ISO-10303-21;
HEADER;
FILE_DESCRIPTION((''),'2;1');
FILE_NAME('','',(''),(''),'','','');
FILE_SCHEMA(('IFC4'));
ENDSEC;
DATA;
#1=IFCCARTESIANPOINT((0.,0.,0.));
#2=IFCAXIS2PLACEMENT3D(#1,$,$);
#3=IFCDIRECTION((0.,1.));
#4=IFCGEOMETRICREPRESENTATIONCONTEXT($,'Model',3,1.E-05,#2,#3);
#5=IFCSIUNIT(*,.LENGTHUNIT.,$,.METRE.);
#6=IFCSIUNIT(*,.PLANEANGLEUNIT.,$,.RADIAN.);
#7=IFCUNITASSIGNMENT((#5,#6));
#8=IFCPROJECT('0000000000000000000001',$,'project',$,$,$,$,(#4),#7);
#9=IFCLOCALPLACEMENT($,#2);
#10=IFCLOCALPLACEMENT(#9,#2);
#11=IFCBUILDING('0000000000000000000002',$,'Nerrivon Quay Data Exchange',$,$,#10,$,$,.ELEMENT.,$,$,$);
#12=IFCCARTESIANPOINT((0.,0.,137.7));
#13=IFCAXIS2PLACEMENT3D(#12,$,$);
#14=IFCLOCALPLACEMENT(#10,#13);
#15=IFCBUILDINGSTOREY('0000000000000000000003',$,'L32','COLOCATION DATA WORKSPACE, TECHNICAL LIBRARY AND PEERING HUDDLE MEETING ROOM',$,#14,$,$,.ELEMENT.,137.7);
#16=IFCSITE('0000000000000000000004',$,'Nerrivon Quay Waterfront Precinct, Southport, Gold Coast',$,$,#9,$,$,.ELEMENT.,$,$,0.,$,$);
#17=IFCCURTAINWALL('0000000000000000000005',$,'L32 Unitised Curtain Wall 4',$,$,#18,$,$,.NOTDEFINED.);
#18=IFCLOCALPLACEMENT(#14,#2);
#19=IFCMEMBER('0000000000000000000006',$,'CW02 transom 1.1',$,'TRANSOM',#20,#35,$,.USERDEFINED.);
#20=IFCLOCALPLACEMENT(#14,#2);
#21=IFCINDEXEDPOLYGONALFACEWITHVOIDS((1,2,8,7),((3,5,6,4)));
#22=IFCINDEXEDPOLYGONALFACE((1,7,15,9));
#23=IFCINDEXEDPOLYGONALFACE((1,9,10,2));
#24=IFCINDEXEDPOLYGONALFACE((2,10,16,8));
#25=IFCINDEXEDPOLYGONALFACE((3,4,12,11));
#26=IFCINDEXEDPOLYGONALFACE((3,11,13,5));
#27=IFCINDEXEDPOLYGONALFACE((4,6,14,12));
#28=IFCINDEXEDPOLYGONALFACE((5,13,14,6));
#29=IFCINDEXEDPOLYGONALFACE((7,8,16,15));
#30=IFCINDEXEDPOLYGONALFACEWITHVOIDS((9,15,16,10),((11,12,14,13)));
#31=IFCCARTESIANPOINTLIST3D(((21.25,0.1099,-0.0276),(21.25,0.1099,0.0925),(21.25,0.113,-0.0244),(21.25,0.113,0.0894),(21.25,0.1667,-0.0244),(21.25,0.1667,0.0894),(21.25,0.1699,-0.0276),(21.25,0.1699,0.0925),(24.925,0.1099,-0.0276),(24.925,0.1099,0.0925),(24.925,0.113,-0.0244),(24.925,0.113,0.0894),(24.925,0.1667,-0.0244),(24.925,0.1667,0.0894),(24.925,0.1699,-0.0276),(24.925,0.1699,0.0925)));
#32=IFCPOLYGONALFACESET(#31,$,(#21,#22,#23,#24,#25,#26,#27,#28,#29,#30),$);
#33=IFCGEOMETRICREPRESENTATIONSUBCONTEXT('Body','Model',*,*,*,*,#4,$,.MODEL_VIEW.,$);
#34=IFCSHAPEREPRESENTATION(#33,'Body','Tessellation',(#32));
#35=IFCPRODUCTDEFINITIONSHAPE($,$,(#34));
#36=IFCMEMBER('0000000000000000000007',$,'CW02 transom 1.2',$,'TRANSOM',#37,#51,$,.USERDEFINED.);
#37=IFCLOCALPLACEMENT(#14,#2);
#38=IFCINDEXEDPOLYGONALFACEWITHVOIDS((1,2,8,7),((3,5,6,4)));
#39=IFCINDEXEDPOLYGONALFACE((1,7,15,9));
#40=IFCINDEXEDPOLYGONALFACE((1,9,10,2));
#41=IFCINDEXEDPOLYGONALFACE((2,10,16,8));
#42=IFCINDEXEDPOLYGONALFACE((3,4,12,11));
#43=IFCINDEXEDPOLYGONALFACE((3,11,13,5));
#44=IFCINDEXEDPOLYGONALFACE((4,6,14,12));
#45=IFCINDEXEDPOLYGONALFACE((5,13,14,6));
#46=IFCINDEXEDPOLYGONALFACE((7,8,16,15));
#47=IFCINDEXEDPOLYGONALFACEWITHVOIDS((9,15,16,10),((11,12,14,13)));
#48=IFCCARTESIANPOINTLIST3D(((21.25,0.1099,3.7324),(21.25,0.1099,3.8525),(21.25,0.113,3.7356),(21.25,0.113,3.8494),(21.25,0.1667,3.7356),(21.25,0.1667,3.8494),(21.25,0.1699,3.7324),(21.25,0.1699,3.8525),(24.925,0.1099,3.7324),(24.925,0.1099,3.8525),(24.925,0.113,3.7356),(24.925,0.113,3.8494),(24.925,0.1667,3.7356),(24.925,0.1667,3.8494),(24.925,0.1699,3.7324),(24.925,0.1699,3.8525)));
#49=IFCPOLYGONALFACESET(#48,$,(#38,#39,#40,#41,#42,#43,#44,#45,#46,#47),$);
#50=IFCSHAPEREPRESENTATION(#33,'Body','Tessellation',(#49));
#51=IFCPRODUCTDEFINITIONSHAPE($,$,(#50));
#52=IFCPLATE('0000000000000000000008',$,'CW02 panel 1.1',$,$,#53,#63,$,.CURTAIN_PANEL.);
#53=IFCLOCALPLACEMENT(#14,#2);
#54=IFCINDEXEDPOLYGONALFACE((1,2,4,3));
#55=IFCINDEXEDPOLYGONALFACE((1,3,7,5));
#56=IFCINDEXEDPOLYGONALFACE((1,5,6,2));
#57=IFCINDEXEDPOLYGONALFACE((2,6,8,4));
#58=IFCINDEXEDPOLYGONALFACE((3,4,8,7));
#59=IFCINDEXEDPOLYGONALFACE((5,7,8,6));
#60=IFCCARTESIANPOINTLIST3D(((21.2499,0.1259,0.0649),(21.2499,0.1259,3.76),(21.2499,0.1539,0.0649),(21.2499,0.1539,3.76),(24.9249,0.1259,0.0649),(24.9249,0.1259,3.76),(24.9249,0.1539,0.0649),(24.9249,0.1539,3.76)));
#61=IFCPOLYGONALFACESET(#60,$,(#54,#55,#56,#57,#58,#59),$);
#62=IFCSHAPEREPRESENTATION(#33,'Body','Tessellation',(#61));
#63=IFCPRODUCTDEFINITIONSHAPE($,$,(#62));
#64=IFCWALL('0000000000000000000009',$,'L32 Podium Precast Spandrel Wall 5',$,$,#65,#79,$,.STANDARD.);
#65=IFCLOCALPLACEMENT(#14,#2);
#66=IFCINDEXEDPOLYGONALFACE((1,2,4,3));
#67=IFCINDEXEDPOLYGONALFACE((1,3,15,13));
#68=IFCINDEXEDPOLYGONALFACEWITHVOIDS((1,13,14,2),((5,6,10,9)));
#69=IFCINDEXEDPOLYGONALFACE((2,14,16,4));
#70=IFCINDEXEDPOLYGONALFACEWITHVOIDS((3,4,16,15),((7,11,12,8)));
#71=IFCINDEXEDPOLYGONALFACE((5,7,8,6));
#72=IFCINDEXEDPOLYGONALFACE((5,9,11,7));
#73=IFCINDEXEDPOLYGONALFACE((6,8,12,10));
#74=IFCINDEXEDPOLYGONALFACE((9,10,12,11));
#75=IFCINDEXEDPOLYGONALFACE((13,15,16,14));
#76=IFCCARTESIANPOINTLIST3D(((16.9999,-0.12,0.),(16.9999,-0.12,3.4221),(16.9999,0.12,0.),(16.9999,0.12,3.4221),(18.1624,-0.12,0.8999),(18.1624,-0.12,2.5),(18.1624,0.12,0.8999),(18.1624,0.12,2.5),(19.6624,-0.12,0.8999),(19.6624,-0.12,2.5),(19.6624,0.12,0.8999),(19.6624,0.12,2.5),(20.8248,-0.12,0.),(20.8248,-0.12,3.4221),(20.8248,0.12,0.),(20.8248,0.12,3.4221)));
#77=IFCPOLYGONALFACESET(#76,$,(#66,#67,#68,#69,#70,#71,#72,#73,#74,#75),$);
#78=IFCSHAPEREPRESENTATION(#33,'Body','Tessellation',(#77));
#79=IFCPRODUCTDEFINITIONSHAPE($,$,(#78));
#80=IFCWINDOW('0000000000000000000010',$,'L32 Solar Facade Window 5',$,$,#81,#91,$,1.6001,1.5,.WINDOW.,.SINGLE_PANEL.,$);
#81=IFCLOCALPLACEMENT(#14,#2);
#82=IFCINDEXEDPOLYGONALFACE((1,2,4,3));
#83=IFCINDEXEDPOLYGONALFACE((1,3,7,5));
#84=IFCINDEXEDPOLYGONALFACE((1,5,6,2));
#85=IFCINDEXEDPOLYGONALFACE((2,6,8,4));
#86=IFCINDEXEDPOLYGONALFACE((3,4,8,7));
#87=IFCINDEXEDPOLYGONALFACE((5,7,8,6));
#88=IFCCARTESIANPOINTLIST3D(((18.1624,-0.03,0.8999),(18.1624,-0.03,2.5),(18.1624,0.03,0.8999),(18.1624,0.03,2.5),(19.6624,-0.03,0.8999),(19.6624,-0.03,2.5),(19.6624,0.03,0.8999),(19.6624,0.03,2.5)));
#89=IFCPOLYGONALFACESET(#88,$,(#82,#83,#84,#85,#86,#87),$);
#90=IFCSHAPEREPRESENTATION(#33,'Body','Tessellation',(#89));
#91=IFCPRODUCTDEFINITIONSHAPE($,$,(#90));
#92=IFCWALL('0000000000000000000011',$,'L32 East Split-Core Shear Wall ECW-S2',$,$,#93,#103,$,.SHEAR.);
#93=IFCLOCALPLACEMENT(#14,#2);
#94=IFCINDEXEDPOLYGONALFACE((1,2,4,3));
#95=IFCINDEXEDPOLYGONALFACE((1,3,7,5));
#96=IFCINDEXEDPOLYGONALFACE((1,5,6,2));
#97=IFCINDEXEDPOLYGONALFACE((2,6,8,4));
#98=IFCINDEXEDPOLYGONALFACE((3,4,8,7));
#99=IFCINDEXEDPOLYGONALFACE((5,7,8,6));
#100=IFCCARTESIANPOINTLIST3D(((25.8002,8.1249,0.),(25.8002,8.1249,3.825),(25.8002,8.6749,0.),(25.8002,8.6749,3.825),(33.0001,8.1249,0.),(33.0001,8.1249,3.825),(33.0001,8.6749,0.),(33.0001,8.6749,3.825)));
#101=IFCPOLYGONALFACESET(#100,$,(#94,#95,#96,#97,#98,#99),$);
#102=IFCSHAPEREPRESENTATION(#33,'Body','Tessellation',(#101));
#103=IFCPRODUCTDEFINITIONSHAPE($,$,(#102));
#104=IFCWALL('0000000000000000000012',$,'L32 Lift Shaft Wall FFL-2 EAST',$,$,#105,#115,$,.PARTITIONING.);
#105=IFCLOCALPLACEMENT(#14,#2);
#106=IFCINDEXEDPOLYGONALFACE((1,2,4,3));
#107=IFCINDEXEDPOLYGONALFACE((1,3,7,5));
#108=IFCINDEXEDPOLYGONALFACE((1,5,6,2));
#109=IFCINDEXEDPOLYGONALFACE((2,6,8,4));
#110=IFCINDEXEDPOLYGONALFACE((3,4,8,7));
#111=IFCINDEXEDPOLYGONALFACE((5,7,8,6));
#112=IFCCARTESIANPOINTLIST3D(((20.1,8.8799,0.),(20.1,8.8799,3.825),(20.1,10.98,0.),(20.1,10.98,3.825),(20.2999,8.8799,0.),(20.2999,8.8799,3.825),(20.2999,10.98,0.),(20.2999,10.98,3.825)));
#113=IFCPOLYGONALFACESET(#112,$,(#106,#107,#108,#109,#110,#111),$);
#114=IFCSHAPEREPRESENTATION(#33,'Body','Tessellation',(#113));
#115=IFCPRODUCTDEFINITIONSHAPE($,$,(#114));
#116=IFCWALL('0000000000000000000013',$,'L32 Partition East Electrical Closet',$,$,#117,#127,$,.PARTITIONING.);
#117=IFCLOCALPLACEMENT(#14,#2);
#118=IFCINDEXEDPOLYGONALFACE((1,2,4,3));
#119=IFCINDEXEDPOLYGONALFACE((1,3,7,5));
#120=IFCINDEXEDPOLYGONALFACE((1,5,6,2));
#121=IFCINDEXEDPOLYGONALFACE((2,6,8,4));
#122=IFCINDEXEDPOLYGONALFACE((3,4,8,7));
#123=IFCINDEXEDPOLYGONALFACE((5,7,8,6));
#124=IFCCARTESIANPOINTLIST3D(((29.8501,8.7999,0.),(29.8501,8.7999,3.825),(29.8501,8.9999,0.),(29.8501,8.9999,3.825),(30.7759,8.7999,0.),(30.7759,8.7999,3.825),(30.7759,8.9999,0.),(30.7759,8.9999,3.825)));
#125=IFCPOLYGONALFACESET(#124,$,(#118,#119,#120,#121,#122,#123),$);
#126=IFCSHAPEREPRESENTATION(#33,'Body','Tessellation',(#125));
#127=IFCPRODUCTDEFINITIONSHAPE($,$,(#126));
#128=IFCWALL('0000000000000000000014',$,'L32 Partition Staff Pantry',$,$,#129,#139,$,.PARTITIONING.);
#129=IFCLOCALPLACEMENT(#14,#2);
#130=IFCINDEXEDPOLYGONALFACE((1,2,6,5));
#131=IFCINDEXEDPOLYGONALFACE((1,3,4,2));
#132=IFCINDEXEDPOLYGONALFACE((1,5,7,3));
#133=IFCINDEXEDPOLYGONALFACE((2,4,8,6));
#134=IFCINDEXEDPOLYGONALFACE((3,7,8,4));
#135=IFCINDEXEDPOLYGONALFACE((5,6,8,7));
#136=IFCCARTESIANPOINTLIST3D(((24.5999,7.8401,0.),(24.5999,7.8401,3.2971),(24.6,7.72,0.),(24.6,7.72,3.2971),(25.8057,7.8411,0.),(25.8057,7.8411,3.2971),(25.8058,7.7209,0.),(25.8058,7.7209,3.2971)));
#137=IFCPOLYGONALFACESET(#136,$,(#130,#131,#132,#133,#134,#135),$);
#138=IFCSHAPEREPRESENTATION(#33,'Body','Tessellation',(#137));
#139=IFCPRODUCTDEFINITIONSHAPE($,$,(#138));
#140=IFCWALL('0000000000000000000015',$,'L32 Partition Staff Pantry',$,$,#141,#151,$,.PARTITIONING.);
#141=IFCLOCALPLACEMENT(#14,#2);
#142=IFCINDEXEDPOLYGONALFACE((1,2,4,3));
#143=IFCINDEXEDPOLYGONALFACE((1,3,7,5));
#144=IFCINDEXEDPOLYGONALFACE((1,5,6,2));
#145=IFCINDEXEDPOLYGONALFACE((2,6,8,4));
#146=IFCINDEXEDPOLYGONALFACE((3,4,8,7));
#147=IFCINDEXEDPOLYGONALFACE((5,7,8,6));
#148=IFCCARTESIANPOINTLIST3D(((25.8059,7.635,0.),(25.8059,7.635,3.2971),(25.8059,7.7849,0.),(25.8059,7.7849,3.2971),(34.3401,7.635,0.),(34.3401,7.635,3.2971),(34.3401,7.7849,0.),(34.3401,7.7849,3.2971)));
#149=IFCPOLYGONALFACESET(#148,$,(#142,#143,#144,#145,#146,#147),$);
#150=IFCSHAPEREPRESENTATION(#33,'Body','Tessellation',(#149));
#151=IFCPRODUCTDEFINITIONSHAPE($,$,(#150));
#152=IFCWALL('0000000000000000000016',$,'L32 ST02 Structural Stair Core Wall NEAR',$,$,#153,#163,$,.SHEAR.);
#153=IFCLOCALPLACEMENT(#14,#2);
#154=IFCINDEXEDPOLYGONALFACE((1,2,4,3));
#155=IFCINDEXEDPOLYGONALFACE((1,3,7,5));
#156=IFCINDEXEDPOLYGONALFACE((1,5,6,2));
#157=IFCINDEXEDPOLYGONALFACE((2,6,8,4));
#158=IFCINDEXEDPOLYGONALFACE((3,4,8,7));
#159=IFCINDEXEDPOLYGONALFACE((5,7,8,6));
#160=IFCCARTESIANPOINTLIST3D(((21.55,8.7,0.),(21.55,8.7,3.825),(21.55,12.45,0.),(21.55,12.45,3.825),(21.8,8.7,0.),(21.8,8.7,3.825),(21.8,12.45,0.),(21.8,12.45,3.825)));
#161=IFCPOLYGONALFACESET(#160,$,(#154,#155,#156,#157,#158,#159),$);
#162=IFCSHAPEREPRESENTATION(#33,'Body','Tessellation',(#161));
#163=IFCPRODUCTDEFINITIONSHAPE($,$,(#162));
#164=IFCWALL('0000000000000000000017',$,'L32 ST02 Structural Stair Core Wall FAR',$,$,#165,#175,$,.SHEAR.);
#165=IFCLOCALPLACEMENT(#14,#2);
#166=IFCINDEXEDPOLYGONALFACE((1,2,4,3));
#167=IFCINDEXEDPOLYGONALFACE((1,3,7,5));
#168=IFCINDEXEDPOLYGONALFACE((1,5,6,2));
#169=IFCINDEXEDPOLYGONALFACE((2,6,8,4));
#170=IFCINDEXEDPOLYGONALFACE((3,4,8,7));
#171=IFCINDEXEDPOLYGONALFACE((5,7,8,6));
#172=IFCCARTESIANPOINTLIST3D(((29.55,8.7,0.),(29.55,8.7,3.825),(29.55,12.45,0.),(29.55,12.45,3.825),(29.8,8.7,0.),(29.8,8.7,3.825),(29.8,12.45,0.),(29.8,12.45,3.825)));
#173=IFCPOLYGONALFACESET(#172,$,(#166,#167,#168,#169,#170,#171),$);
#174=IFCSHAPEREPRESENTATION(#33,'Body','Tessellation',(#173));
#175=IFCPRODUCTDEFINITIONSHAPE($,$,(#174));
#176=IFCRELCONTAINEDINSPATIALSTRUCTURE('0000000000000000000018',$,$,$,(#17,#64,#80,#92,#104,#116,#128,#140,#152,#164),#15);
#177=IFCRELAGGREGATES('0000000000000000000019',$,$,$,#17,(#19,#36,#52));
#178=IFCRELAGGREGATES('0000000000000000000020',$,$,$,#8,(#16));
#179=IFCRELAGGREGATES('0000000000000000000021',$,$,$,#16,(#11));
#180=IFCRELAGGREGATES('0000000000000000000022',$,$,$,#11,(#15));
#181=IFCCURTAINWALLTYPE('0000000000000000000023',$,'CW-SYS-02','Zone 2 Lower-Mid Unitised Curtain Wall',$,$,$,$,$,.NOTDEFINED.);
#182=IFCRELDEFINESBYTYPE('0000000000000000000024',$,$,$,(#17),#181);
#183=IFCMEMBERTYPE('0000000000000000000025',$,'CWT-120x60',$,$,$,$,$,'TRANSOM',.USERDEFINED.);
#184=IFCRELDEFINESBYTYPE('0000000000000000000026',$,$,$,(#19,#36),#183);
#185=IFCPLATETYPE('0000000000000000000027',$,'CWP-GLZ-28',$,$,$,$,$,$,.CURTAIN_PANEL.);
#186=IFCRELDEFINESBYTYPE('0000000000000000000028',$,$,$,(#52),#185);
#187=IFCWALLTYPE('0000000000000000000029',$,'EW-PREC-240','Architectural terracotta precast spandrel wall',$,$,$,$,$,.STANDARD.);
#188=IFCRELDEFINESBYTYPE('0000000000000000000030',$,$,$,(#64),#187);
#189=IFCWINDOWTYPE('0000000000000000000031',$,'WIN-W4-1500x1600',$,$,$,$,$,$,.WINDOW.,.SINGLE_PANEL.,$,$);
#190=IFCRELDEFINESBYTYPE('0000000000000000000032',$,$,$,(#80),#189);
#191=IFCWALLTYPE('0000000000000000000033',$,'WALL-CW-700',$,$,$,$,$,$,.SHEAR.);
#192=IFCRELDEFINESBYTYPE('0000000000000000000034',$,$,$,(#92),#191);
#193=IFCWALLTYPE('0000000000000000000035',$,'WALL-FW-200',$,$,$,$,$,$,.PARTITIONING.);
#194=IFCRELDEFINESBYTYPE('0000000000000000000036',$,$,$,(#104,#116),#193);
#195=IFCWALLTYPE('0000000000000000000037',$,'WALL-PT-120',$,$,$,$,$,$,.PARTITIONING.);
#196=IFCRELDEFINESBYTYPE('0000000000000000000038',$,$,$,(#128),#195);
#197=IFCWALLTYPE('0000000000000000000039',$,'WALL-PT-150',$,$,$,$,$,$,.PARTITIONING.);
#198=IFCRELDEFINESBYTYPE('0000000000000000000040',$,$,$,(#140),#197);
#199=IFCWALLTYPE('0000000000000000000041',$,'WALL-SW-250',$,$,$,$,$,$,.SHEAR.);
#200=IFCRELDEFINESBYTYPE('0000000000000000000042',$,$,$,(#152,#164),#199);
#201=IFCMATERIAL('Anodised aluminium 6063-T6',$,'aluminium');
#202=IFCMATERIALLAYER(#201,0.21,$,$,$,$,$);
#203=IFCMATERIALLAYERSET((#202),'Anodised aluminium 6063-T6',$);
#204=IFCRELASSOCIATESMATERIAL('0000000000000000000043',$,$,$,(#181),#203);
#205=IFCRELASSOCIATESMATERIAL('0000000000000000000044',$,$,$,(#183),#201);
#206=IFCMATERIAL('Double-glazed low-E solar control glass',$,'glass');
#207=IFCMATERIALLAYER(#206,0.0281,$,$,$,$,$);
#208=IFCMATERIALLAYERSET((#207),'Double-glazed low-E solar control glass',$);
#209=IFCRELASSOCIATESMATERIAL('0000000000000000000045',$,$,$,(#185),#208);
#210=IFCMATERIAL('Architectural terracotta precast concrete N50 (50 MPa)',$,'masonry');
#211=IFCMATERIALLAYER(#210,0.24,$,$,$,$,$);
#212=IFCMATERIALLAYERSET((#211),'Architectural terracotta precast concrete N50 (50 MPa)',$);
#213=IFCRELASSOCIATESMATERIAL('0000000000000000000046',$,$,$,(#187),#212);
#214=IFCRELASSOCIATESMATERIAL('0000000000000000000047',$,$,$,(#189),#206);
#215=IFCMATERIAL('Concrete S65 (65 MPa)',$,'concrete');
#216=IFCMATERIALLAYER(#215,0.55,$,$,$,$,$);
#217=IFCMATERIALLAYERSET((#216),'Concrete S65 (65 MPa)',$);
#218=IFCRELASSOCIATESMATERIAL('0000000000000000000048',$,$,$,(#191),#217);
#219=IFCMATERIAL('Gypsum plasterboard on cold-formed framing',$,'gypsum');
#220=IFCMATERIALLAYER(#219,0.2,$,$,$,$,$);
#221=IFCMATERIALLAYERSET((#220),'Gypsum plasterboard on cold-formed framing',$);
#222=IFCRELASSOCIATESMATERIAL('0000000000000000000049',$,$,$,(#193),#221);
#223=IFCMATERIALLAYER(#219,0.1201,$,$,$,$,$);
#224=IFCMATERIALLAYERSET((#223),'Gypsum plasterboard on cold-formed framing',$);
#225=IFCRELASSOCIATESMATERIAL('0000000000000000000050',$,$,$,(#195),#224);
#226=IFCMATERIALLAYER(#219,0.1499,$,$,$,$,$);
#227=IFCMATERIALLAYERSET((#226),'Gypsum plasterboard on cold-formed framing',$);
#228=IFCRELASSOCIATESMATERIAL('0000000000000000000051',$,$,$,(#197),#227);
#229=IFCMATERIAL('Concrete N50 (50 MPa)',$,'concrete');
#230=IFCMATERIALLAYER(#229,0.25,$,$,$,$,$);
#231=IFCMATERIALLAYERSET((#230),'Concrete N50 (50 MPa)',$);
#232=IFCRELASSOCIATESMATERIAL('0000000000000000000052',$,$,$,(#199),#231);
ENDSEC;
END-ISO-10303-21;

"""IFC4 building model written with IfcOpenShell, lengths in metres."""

from ifc_helpers import new_model, si_unit, direction, frame, frame_2d, origin, origin_2d, place, context, subcontext, project, spatial, rectangle, hollow_rectangle, extrude, material, layer, layer_set, material_profile, profile_set, type_object, element, fill, aggregate, save


model = new_model("IFC4")

# Units and contexts
model_context = context("Model", 3, precision=1e-05, world=origin(), true_north=direction((0.0, 1.0)))
body_context = subcontext(model_context, "Body", "Model", "MODEL_VIEW")
ifc_project = project(units=[si_unit("LENGTHUNIT", "METRE"), si_unit("PLANEANGLEUNIT", "RADIAN")], contexts=[model_context])

# Site, building, storey
site_placement = place(None, origin())
site = spatial("IfcSite", under=ifc_project, at=site_placement, Name="Nerrivon Quay Waterfront Precinct, Southport, Gold Coast", CompositionType="ELEMENT", RefElevation=0.0)
building_placement = place(site_placement, origin())
building = spatial("IfcBuilding", under=site, at=building_placement, Name="Nerrivon Quay Data Exchange", CompositionType="ELEMENT")
storey_placement = place(building_placement, frame((0.0, 0.0, 137.7)))
storey = spatial("IfcBuildingStorey", under=building, at=storey_placement, Name="L32", Description="COLOCATION DATA WORKSPACE, TECHNICAL LIBRARY AND PEERING HUDDLE MEETING ROOM", CompositionType="ELEMENT", Elevation=137.7)

# Shared definitions
ifc_material_1 = material(Name="Concrete S65 (65 MPa)", Category="concrete")
ifc_material_2 = material(Name="Concrete N50 (50 MPa)", Category="concrete")

# Curtain wall, members, plate
ifc_material_3 = material(Name="Anodised aluminium 6063-T6", Category="aluminium")
ifc_layer_1 = layer(ifc_material_3, 0.21)
ifc_layer_set_1 = layer_set([ifc_layer_1], Name="Anodised aluminium 6063-T6")
curtain_wall_type = type_object("IfcCurtainWallType", Name="CW-SYS-02", Description="Zone 2 Lower-Mid Unitised Curtain Wall", PredefinedType="NOTDEFINED", material=ifc_layer_set_1)
curtain_wall_placement = place(storey_placement, origin())
curtain_wall = element("IfcCurtainWall", 1, at=curtain_wall_placement, inside=storey, type_object=curtain_wall_type, Name="L32 Unitised Curtain Wall 4", PredefinedType="NOTDEFINED")
ifc_material_profile_1 = material_profile(ifc_material_3, hollow_rectangle(XDim=0.0601, YDim=0.1201, WallThickness=0.0032, at=origin_2d()), Name="ALU-TRAN-120x60")
ifc_profile_set_1 = profile_set([ifc_material_profile_1], Name="Anodised aluminium 6063-T6")
member_type_1 = type_object("IfcMemberType", Name="CWT-120x60", ElementType="TRANSOM", PredefinedType="USERDEFINED", material=ifc_profile_set_1)
member_1_placement = place(storey_placement, frame((24.925, 0.1399, 0.0325), z_axis=(-1.0, 0.0, 0.0), x_axis=(0.0, -1.0, 0.0)))
member_1 = element("IfcMember", 2, at=member_1_placement, type_object=member_type_1, Name="CW02 transom 1.1", ObjectType="TRANSOM", PredefinedType="USERDEFINED", context=body_context, shape_type="SweptSolid", body=[
    extrude(hollow_rectangle(XDim=0.0601, YDim=0.1201, WallThickness=0.0032, at=origin_2d()), origin(), (0.0, 0.0, 1.0), 3.675),
])
member_2_placement = place(storey_placement, frame((24.925, 0.1399, 3.7925), z_axis=(-1.0, 0.0, 0.0), x_axis=(0.0, -1.0, 0.0)))
member_2 = element("IfcMember", 3, at=member_2_placement, type_object=member_type_1, Name="CW02 transom 1.2", ObjectType="TRANSOM", PredefinedType="USERDEFINED", context=body_context, shape_type="SweptSolid", body=[
    extrude(hollow_rectangle(XDim=0.0601, YDim=0.1201, WallThickness=0.0032, at=origin_2d()), origin(), (0.0, 0.0, 1.0), 3.675),
])
ifc_material_4 = material(Name="Double-glazed low-E solar control glass", Category="glass")
ifc_layer_2 = layer(ifc_material_4, 0.0281)
ifc_layer_set_2 = layer_set([ifc_layer_2], Name="Double-glazed low-E solar control glass")
plate_type = type_object("IfcPlateType", Name="CWP-GLZ-28", PredefinedType="CURTAIN_PANEL", material=ifc_layer_set_2)
plate_placement = place(storey_placement, frame((23.0874, 0.1399, 0.0649), z_axis=(0.0, 0.0, 1.0), x_axis=(-1.0, 0.0, 0.0)))
plate = element("IfcPlate", 4, at=plate_placement, type_object=plate_type, Name="CW02 panel 1.1", PredefinedType="CURTAIN_PANEL", context=body_context, shape_type="SweptSolid", body=[
    extrude(rectangle(XDim=3.675, YDim=0.0281, at=origin_2d()), origin(), (0.0, 0.0, 1.0), 3.6951),
])
aggregate(curtain_wall, [member_1, member_2, plate])

# Wall, opening, window
ifc_material_5 = material(Name="Architectural terracotta precast concrete N50 (50 MPa)", Category="masonry")
ifc_layer_3 = layer(ifc_material_5, 0.24)
ifc_layer_set_3 = layer_set([ifc_layer_3], Name="Architectural terracotta precast concrete N50 (50 MPa)")
wall_type_1 = type_object("IfcWallType", Name="EW-PREC-240", Description="Architectural terracotta precast spandrel wall", PredefinedType="STANDARD", material=ifc_layer_set_3)
wall_1_placement = place(storey_placement, frame((20.825, 0.0, 0.0), z_axis=(0.0, 0.0, 1.0), x_axis=(-1.0, 0.0, 0.0)))
wall_1 = element("IfcWall", 5, at=wall_1_placement, inside=storey, type_object=wall_type_1, Name="L32 Podium Precast Spandrel Wall 5", PredefinedType="STANDARD", context=body_context, shape_type="SweptSolid", body=[
    extrude(rectangle(XDim=3.825, YDim=0.24, at=frame_2d((1.9126, 0.0))), origin(), (0.0, 0.0, 1.0), 3.4221),
])
opening_placement = place(wall_1_placement, frame((1.1626, 0.0, 0.8999)))
opening = element("IfcOpeningElement", 6, at=opening_placement, cuts=wall_1, PredefinedType="OPENING", context=body_context, shape_type="SweptSolid", body=[
    extrude(rectangle(XDim=1.5, YDim=1.6001, at=frame_2d((0.75, 0.8))), frame((0.0, 0.1299, 0.0), z_axis=(0.0, -1.0, 0.0), x_axis=(1.0, 0.0, 0.0)), (0.0, 0.0, 1.0), 0.26),
])
window_type = type_object("IfcWindowType", Name="WIN-W4-1500x1600", PartitioningType="SINGLE_PANEL", PredefinedType="WINDOW", material=ifc_material_4)
window_placement = place(opening_placement, origin())
window = element("IfcWindow", 7, at=window_placement, inside=storey, type_object=window_type, Name="L32 Solar Facade Window 5", OverallHeight=1.6001, OverallWidth=1.5, PartitioningType="SINGLE_PANEL", PredefinedType="WINDOW", context=body_context, shape_type="SweptSolid", body=[
    extrude(rectangle(XDim=1.5, YDim=1.6001, at=frame_2d((0.75, 0.8))), frame((0.0, 0.03, 0.0), z_axis=(0.0, -1.0, 0.0), x_axis=(1.0, 0.0, 0.0)), (0.0, 0.0, 1.0), 0.0601),
])
fill(opening, window)

# Walls
ifc_layer_4 = layer(ifc_material_1, 0.55)
ifc_layer_set_4 = layer_set([ifc_layer_4], Name="Concrete S65 (65 MPa)")
wall_type_2 = type_object("IfcWallType", Name="WALL-CW-700", PredefinedType="SHEAR", material=ifc_layer_set_4)
wall_2_placement = place(storey_placement, frame((25.8, 8.3999, 0.0), z_axis=(0.0, 0.0, 1.0), x_axis=(1.0, 0.0, 0.0)))
element("IfcWall", 8, at=wall_2_placement, inside=storey, type_object=wall_type_2, Name="L32 East Split-Core Shear Wall ECW-S2", PredefinedType="SHEAR", context=body_context, shape_type="SweptSolid", body=[
    extrude(rectangle(XDim=7.2, YDim=0.55, at=frame_2d((3.6001, 0.0))), origin(), (0.0, 0.0, 1.0), 3.825),
])
ifc_material_6 = material(Name="Gypsum plasterboard on cold-formed framing", Category="gypsum")
ifc_layer_5 = layer(ifc_material_6, 0.2)
ifc_layer_set_5 = layer_set([ifc_layer_5], Name="Gypsum plasterboard on cold-formed framing")
wall_type_3 = type_object("IfcWallType", Name="WALL-FW-200", PredefinedType="PARTITIONING", material=ifc_layer_set_5)
wall_3_placement = place(storey_placement, frame((20.2, 8.8799, 0.0), z_axis=(0.0, 0.0, 1.0), x_axis=(0.0, 1.0, 0.0)))
element("IfcWall", 9, at=wall_3_placement, inside=storey, type_object=wall_type_3, Name="L32 Lift Shaft Wall FFL-2 EAST", PredefinedType="PARTITIONING", context=body_context, shape_type="SweptSolid", body=[
    extrude(rectangle(XDim=2.1001, YDim=0.2, at=frame_2d((1.05, 0.0))), origin(), (0.0, 0.0, 1.0), 3.825),
])
wall_4_placement = place(storey_placement, frame((29.8501, 8.8999, 0.0), z_axis=(0.0, 0.0, 1.0), x_axis=(1.0, 0.0, 0.0)))
element("IfcWall", 10, at=wall_4_placement, inside=storey, type_object=wall_type_3, Name="L32 Partition East Electrical Closet", PredefinedType="PARTITIONING", context=body_context, shape_type="SweptSolid", body=[
    extrude(rectangle(XDim=0.9258, YDim=0.2, at=frame_2d((0.4629, 0.0))), origin(), (0.0, 0.0, 1.0), 3.825),
])
ifc_layer_6 = layer(ifc_material_6, 0.1201)
ifc_layer_set_6 = layer_set([ifc_layer_6], Name="Gypsum plasterboard on cold-formed framing")
wall_type_4 = type_object("IfcWallType", Name="WALL-PT-120", PredefinedType="PARTITIONING", material=ifc_layer_set_6)
wall_5_placement = place(storey_placement, frame((25.8059, 7.781, 0.0), z_axis=(0.0, 0.0, 1.0), x_axis=(-1.0, -0.00081, 0.0)))
element("IfcWall", 11, at=wall_5_placement, inside=storey, type_object=wall_type_4, Name="L32 Partition Staff Pantry", PredefinedType="PARTITIONING", context=body_context, shape_type="SweptSolid", body=[
    extrude(rectangle(XDim=1.2058, YDim=0.1201, at=frame_2d((0.603, 0.0))), origin(), (0.0, 0.0, 1.0), 3.2971),
])
ifc_layer_7 = layer(ifc_material_6, 0.1499)
ifc_layer_set_7 = layer_set([ifc_layer_7], Name="Gypsum plasterboard on cold-formed framing")
wall_type_5 = type_object("IfcWallType", Name="WALL-PT-150", PredefinedType="PARTITIONING", material=ifc_layer_set_7)
wall_6_placement = place(storey_placement, frame((25.8059, 7.71, 0.0), z_axis=(0.0, 0.0, 1.0), x_axis=(1.0, 0.0, 0.0)))
element("IfcWall", 12, at=wall_6_placement, inside=storey, type_object=wall_type_5, Name="L32 Partition Staff Pantry", PredefinedType="PARTITIONING", context=body_context, shape_type="SweptSolid", body=[
    extrude(rectangle(XDim=8.5342, YDim=0.1499, at=frame_2d((4.2671, 0.0))), origin(), (0.0, 0.0, 1.0), 3.2971),
])
ifc_layer_8 = layer(ifc_material_2, 0.25)
ifc_layer_set_8 = layer_set([ifc_layer_8], Name="Concrete N50 (50 MPa)")
wall_type_6 = type_object("IfcWallType", Name="WALL-SW-250", PredefinedType="SHEAR", material=ifc_layer_set_8)
for number, where, z_axis, x_axis, name in (
    (13, (21.675, 8.7, 0.0), (0.0, 0.0, 1.0), (0.0, 1.0, 0.0), "L32 ST02 Structural Stair Core Wall NEAR"),
    (14, (29.675, 8.7, 0.0), (0.0, 0.0, 1.0), (0.0, 1.0, 0.0), "L32 ST02 Structural Stair Core Wall FAR"),
):
    element("IfcWall", number, at=place(storey_placement, frame(where, z_axis=z_axis, x_axis=x_axis)), inside=storey, type_object=wall_type_6, Name=name, PredefinedType="SHEAR", context=body_context, shape_type="SweptSolid", body=[
        extrude(rectangle(XDim=3.75, YDim=0.25, at=frame_2d((1.875, 0.0))), origin(), (0.0, 0.0, 1.0), 3.825),
    ])

save(model, "model.ifc")
